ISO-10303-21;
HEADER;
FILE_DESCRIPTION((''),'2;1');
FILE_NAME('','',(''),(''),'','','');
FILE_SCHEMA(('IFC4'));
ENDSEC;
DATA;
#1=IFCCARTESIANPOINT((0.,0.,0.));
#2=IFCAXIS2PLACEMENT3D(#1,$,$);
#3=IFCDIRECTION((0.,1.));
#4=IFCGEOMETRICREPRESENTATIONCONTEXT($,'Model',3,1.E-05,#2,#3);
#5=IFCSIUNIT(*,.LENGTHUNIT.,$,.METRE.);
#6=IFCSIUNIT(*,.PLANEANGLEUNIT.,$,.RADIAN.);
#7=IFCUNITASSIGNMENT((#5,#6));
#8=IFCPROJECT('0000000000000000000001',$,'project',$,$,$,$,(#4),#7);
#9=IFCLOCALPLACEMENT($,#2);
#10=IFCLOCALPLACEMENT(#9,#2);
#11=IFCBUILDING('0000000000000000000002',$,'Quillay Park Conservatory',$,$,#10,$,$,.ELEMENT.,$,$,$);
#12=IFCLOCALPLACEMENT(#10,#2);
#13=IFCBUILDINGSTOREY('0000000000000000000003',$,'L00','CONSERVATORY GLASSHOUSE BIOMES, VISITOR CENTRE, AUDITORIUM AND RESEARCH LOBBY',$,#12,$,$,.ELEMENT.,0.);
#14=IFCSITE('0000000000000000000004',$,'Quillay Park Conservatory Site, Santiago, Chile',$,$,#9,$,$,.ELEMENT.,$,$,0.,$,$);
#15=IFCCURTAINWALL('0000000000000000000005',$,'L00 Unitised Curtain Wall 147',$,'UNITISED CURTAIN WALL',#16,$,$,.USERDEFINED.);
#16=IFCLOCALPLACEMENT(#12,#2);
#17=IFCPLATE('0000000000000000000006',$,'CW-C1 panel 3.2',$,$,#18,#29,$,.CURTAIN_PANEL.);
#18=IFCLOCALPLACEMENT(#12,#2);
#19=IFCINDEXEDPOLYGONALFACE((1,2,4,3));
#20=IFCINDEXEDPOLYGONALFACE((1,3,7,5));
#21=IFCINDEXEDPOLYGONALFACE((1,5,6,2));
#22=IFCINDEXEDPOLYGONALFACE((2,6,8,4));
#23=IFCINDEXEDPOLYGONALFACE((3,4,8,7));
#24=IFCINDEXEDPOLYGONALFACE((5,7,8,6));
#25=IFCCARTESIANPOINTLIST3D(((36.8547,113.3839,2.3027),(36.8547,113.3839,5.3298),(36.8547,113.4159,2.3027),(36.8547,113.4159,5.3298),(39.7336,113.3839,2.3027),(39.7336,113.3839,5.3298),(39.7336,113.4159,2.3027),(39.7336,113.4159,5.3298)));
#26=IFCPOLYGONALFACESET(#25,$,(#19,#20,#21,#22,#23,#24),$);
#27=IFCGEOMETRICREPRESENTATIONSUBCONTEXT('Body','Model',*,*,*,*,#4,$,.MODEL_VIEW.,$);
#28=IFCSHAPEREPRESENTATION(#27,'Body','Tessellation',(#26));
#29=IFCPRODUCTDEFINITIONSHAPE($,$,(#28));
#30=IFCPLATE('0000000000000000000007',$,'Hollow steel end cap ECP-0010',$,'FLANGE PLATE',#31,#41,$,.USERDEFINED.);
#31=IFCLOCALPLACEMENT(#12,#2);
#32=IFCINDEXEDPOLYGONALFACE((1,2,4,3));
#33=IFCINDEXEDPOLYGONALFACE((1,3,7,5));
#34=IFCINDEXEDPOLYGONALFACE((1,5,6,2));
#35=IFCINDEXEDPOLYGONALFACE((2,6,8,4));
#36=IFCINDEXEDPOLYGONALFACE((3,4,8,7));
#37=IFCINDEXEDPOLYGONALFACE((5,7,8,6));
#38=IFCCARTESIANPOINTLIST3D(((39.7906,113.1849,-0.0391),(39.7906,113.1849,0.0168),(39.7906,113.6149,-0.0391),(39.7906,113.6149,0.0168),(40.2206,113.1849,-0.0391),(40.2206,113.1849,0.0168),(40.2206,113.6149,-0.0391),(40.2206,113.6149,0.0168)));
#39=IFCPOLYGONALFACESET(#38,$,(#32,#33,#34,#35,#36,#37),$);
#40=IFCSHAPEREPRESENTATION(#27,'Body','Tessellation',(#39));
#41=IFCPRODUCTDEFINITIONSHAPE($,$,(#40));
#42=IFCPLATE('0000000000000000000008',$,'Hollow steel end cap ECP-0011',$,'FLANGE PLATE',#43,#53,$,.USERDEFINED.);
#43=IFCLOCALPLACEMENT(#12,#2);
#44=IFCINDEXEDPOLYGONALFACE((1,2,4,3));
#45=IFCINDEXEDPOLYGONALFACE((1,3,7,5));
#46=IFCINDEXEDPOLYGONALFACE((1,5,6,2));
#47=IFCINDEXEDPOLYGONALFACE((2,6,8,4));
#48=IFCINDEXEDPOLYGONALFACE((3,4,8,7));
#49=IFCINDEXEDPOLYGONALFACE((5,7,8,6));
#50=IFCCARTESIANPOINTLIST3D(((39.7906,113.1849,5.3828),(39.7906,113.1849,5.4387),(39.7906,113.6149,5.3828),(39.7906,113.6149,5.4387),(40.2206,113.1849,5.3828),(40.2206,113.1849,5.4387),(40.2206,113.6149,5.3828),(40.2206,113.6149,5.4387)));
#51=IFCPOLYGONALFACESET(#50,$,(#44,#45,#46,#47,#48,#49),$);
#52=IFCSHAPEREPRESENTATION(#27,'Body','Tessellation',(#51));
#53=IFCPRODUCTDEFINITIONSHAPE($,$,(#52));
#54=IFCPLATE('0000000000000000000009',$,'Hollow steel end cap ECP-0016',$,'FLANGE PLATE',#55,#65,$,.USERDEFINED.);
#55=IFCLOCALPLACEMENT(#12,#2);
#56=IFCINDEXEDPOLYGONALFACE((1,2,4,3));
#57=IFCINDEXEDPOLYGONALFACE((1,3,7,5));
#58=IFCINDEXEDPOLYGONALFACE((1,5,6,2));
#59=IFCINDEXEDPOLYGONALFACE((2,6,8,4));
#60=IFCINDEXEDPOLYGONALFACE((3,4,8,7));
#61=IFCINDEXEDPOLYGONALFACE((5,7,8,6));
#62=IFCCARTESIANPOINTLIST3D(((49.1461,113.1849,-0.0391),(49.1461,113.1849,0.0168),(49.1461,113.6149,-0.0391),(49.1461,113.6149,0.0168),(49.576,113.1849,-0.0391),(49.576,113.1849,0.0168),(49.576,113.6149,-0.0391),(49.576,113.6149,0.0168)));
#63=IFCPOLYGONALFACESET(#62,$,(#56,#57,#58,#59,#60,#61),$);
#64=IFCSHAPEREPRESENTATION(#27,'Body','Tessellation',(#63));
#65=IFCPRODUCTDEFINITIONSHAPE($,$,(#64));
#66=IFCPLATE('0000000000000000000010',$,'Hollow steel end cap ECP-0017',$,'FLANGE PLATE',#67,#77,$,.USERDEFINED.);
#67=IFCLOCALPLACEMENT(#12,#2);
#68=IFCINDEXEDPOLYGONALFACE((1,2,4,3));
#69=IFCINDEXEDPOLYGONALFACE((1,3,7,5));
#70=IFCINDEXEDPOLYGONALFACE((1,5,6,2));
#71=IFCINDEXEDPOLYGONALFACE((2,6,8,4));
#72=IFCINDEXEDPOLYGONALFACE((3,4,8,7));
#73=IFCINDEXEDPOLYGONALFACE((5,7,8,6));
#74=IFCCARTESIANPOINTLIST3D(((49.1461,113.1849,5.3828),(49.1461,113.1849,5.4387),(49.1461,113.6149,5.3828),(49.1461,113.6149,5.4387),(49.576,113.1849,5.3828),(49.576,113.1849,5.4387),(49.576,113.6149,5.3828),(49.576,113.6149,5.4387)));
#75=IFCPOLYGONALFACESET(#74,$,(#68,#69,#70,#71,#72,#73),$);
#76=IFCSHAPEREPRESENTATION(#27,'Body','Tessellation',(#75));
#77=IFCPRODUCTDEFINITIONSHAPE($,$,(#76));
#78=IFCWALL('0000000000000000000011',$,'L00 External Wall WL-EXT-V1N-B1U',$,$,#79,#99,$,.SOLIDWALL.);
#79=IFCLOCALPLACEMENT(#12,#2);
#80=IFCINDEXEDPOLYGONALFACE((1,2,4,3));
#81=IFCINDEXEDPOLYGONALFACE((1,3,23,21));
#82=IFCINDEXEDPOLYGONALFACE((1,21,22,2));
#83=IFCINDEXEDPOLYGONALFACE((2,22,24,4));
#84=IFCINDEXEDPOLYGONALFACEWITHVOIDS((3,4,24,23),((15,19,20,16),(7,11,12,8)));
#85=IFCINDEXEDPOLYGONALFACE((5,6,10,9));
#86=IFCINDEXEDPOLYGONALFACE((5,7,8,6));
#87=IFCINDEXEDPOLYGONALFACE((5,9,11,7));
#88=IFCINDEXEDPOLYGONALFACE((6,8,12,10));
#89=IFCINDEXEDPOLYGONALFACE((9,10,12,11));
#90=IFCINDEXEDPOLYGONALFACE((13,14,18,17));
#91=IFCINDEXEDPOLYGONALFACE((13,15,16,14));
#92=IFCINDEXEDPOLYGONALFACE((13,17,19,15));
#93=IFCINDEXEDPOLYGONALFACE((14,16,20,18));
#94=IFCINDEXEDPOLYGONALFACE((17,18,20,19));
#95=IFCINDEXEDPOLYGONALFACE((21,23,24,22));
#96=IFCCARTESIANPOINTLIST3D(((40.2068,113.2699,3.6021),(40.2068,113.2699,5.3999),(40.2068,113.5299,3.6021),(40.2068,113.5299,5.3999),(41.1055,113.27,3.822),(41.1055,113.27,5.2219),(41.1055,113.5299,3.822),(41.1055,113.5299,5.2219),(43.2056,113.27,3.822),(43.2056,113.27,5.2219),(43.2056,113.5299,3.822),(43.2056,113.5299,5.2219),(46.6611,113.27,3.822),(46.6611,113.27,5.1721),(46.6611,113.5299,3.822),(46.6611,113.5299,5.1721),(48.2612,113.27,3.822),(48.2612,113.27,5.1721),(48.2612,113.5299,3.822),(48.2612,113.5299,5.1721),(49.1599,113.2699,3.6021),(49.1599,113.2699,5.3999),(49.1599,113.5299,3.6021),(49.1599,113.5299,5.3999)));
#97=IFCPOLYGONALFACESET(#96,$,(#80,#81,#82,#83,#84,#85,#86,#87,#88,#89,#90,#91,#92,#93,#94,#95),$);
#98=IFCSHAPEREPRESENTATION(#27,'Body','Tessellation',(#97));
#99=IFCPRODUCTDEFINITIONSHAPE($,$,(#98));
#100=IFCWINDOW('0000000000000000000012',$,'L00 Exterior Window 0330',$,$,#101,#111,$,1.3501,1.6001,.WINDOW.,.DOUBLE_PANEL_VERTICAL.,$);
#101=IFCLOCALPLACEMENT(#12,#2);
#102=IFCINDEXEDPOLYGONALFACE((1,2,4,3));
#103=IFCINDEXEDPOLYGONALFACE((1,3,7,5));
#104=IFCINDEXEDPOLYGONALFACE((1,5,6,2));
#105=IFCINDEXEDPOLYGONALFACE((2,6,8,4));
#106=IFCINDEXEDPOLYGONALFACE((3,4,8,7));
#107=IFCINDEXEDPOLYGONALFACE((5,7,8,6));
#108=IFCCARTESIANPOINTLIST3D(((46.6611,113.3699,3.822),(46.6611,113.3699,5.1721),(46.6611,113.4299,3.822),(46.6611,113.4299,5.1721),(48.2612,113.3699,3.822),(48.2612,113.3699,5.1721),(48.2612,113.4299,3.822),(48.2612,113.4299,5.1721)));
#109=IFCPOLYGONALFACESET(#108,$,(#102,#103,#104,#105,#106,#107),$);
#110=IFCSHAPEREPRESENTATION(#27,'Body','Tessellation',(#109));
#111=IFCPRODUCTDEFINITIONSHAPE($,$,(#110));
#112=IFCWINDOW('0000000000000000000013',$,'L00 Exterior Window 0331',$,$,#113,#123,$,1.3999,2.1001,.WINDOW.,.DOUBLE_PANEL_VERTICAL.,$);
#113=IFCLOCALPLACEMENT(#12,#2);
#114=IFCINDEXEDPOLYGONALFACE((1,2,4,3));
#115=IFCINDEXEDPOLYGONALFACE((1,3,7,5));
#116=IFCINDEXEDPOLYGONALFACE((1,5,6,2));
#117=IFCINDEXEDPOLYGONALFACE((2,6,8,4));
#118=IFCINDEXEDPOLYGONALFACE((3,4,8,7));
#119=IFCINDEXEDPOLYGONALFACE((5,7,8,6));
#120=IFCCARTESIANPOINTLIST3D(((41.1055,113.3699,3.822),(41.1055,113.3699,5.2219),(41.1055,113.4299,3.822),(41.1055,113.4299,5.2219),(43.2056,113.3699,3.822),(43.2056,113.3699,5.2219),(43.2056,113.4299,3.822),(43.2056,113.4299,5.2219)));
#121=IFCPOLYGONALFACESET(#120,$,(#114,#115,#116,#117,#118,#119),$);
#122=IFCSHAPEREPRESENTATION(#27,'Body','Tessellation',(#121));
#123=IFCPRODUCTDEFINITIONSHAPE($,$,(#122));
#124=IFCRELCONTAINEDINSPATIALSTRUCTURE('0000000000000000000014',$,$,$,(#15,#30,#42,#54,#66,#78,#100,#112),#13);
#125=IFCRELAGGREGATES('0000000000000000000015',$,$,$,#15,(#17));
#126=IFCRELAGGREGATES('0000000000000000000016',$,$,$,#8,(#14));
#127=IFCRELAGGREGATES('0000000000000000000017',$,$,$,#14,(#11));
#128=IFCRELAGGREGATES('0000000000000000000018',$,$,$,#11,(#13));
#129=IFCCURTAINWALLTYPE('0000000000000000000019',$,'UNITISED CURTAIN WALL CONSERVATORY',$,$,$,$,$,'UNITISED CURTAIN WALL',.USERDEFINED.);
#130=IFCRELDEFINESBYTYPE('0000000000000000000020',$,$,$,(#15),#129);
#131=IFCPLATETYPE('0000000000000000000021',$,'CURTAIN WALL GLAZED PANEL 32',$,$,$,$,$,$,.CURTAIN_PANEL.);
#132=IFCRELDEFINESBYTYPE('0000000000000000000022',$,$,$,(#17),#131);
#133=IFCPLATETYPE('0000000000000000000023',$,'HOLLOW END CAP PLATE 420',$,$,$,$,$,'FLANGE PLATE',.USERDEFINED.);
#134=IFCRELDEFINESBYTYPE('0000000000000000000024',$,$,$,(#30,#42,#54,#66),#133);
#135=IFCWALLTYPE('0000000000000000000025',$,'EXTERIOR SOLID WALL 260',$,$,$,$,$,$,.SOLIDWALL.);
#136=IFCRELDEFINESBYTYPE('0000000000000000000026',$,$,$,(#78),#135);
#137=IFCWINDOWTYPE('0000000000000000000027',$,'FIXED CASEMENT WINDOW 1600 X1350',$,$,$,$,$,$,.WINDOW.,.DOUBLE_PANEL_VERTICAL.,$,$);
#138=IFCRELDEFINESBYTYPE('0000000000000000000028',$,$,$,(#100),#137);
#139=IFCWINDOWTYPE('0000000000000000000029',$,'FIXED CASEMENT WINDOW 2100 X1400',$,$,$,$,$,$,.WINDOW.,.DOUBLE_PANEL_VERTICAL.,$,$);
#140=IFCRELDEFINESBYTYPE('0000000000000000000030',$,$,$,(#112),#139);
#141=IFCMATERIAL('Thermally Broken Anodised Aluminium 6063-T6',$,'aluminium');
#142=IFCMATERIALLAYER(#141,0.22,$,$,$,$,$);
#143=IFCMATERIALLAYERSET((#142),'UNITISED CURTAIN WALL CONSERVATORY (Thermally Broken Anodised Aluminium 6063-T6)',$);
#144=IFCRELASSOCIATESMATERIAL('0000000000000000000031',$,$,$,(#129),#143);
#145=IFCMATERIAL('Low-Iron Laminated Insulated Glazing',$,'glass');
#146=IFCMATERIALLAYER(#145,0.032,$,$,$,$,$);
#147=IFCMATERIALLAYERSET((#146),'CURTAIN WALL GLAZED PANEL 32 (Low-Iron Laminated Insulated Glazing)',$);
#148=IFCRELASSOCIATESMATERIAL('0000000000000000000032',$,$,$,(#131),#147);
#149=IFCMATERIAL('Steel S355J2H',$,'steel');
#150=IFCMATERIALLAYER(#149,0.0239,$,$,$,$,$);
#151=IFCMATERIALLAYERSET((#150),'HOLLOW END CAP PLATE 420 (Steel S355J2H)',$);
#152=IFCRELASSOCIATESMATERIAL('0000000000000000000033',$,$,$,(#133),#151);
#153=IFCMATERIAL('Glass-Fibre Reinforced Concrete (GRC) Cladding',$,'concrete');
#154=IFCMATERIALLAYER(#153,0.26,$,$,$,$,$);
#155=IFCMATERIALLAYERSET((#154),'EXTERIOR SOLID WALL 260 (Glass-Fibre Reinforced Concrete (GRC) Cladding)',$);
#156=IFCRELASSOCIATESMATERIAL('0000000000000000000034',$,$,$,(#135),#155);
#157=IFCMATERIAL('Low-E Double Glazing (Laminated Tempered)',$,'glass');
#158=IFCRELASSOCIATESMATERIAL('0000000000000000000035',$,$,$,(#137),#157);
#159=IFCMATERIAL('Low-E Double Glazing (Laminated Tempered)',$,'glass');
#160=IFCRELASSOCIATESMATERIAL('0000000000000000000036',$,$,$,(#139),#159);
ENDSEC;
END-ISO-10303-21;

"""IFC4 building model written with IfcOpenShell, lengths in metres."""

from ifc_helpers import new_model, si_unit, direction, frame, frame_2d, origin, origin_2d, place, context, subcontext, project, spatial, rectangle, extrude, material, layer, layer_set, type_object, element, fill, aggregate, save


model = new_model("IFC4")

# Units and contexts
model_context = context("Model", 3, precision=1e-05, world=origin(), true_north=direction((0.0, 1.0)))
body_context = subcontext(model_context, "Body", "Model", "MODEL_VIEW")
ifc_project = project(units=[si_unit("LENGTHUNIT", "METRE"), si_unit("PLANEANGLEUNIT", "RADIAN")], contexts=[model_context])

# Site, building, storey
site_placement = place(None, origin())
site = spatial("IfcSite", under=ifc_project, at=site_placement, Name="Quillay Park Conservatory Site, Santiago, Chile", CompositionType="ELEMENT", RefElevation=0.0)
building_placement = place(site_placement, origin())
building = spatial("IfcBuilding", under=site, at=building_placement, Name="Quillay Park Conservatory", CompositionType="ELEMENT")
storey_placement = place(building_placement, origin())
storey = spatial("IfcBuildingStorey", under=building, at=storey_placement, Name="L00", Description="CONSERVATORY GLASSHOUSE BIOMES, VISITOR CENTRE, AUDITORIUM AND RESEARCH LOBBY", CompositionType="ELEMENT", Elevation=0.0)

# Curtain wall
ifc_material_1 = material(Name="Thermally Broken Anodised Aluminium 6063-T6", Category="aluminium")
ifc_layer_1 = layer(ifc_material_1, 0.22)
ifc_layer_set_1 = layer_set([ifc_layer_1], Name="UNITISED CURTAIN WALL CONSERVATORY (Thermally Broken Anodised Aluminium 6063-T6)")
curtain_wall_type = type_object("IfcCurtainWallType", Name="UNITISED CURTAIN WALL CONSERVATORY", ElementType="UNITISED CURTAIN WALL", PredefinedType="USERDEFINED", material=ifc_layer_set_1)
curtain_wall_1_placement = place(storey_placement, origin())
curtain_wall_1 = element("IfcCurtainWall", 1, at=curtain_wall_1_placement, inside=storey, type_object=curtain_wall_type, Name="L00 Unitised Curtain Wall 147", ObjectType="UNITISED CURTAIN WALL", PredefinedType="USERDEFINED")

# Plate
ifc_material_2 = material(Name="Low-Iron Laminated Insulated Glazing", Category="glass")
ifc_layer_2 = layer(ifc_material_2, 0.032)
ifc_layer_set_2 = layer_set([ifc_layer_2], Name="CURTAIN WALL GLAZED PANEL 32 (Low-Iron Laminated Insulated Glazing)")
plate_type_1 = type_object("IfcPlateType", Name="CURTAIN WALL GLAZED PANEL 32", PredefinedType="CURTAIN_PANEL", material=ifc_layer_set_2)
plate_1_placement = place(storey_placement, frame((38.2942, 113.3999, 2.3027), z_axis=(0.0, 0.0, 1.0), x_axis=(1.0, 0.0, 0.0)))
plate_1 = element("IfcPlate", 2, at=plate_1_placement, type_object=plate_type_1, Name="CW-C1 panel 3.2", PredefinedType="CURTAIN_PANEL", context=body_context, shape_type="SweptSolid", body=[
    extrude(rectangle(XDim=2.8789, YDim=0.032, at=origin_2d()), origin(), (0.0, 0.0, 1.0), 3.0271),
])
aggregate(curtain_wall_1, [plate_1])

# Plates
ifc_material_3 = material(Name="Steel S355J2H", Category="steel")
ifc_layer_3 = layer(ifc_material_3, 0.0239)
ifc_layer_set_3 = layer_set([ifc_layer_3], Name="HOLLOW END CAP PLATE 420 (Steel S355J2H)")
plate_type_2 = type_object("IfcPlateType", Name="HOLLOW END CAP PLATE 420", ElementType="FLANGE PLATE", PredefinedType="USERDEFINED", material=ifc_layer_set_3)
for number, where, z_axis, x_axis, name in (
    (3, (40.0056, 113.3999, -0.0391), (0.0, 0.0, 1.0), (1.0, 0.0, 0.0), "Hollow steel end cap ECP-0010"),
    (4, (40.0056, 113.3999, 5.3828), (0.0, 0.0, 1.0), (1.0, 0.0, 0.0), "Hollow steel end cap ECP-0011"),
    (5, (49.3611, 113.3999, -0.0391), (0.0, 0.0, 1.0), (1.0, 0.0, 0.0), "Hollow steel end cap ECP-0016"),
    (6, (49.3611, 113.3999, 5.3828), (0.0, 0.0, 1.0), (1.0, 0.0, 0.0), "Hollow steel end cap ECP-0017"),
):
    element("IfcPlate", number, at=place(storey_placement, frame(where, z_axis=z_axis, x_axis=x_axis)), inside=storey, type_object=plate_type_2, Name=name, ObjectType="FLANGE PLATE", PredefinedType="USERDEFINED", context=body_context, shape_type="SweptSolid", body=[
        extrude(rectangle(XDim=0.4299, YDim=0.4299, at=origin_2d()), origin(), (0.0, 0.0, 1.0), 0.0559),
    ])

# Shared definitions
ifc_material_4 = material(Name="Glass-Fibre Reinforced Concrete (GRC) Cladding", Category="concrete")
ifc_layer_4 = layer(ifc_material_4, 0.26)
ifc_layer_set_4 = layer_set([ifc_layer_4], Name="EXTERIOR SOLID WALL 260 (Glass-Fibre Reinforced Concrete (GRC) Cladding)")
wall_type = type_object("IfcWallType", Name="EXTERIOR SOLID WALL 260", PredefinedType="SOLIDWALL", material=ifc_layer_set_4)

# Wall, openings, windows
wall_1_placement = place(storey_placement, frame((49.1599, 113.3999, 3.6021), z_axis=(0.0, 0.0, 1.0), x_axis=(-1.0, 0.0, 0.0)))
wall_1 = element("IfcWall", 7, at=wall_1_placement, inside=storey, type_object=wall_type, Name="L00 External Wall WL-EXT-V1N-B1U", PredefinedType="SOLIDWALL", context=body_context, shape_type="SweptSolid", body=[
    extrude(rectangle(XDim=8.9531, YDim=0.26, at=frame_2d((4.4766, 0.0))), origin(), (0.0, 0.0, 1.0), 1.7979),
])
opening_1_placement = place(wall_1_placement, frame((0.8987, 0.0, 0.22)))
opening_1 = element("IfcOpeningElement", 8, at=opening_1_placement, cuts=wall_1, PredefinedType="OPENING", context=body_context, shape_type="SweptSolid", body=[
    extrude(rectangle(XDim=1.6001, YDim=1.3501, at=frame_2d((0.8, 0.675))), frame((0.0, 0.1299, 0.0), z_axis=(0.0, -1.0, 0.0), x_axis=(1.0, 0.0, 0.0)), (0.0, 0.0, 1.0), 0.26),
])
opening_2_placement = place(wall_1_placement, frame((5.9543, 0.0, 0.22)))
opening_2 = element("IfcOpeningElement", 9, at=opening_2_placement, cuts=wall_1, PredefinedType="OPENING", context=body_context, shape_type="SweptSolid", body=[
    extrude(rectangle(XDim=2.1001, YDim=1.3999, at=frame_2d((1.05, 0.7))), frame((0.0, 0.1299, 0.0), z_axis=(0.0, -1.0, 0.0), x_axis=(1.0, 0.0, 0.0)), (0.0, 0.0, 1.0), 0.26),
])
ifc_material_5 = material(Name="Low-E Double Glazing (Laminated Tempered)", Category="glass")
window_type_1 = type_object("IfcWindowType", Name="FIXED CASEMENT WINDOW 1600 X1350", PartitioningType="DOUBLE_PANEL_VERTICAL", PredefinedType="WINDOW", material=ifc_material_5)
window_1_placement = place(opening_1_placement, origin())
window_1 = element("IfcWindow", 10, at=window_1_placement, inside=storey, type_object=window_type_1, Name="L00 Exterior Window 0330", OverallHeight=1.3501, OverallWidth=1.6001, PartitioningType="DOUBLE_PANEL_VERTICAL", PredefinedType="WINDOW", context=body_context, shape_type="SweptSolid", body=[
    extrude(rectangle(XDim=1.6001, YDim=1.3501, at=frame_2d((0.8, 0.675))), frame((0.0, 0.03, 0.0), z_axis=(0.0, -1.0, 0.0), x_axis=(1.0, 0.0, 0.0)), (0.0, 0.0, 1.0), 0.0601),
])
fill(opening_1, window_1)
ifc_material_6 = material(Name="Low-E Double Glazing (Laminated Tempered)", Category="glass")
window_type_2 = type_object("IfcWindowType", Name="FIXED CASEMENT WINDOW 2100 X1400", PartitioningType="DOUBLE_PANEL_VERTICAL", PredefinedType="WINDOW", material=ifc_material_6)
window_2_placement = place(opening_2_placement, origin())
window_2 = element("IfcWindow", 11, at=window_2_placement, inside=storey, type_object=window_type_2, Name="L00 Exterior Window 0331", OverallHeight=1.3999, OverallWidth=2.1001, PartitioningType="DOUBLE_PANEL_VERTICAL", PredefinedType="WINDOW", context=body_context, shape_type="SweptSolid", body=[
    extrude(rectangle(XDim=2.1001, YDim=1.3999, at=frame_2d((1.05, 0.7))), frame((0.0, 0.03, 0.0), z_axis=(0.0, -1.0, 0.0), x_axis=(1.0, 0.0, 0.0)), (0.0, 0.0, 1.0), 0.0601),
])
fill(opening_2, window_2)

save(model, "model.ifc")
